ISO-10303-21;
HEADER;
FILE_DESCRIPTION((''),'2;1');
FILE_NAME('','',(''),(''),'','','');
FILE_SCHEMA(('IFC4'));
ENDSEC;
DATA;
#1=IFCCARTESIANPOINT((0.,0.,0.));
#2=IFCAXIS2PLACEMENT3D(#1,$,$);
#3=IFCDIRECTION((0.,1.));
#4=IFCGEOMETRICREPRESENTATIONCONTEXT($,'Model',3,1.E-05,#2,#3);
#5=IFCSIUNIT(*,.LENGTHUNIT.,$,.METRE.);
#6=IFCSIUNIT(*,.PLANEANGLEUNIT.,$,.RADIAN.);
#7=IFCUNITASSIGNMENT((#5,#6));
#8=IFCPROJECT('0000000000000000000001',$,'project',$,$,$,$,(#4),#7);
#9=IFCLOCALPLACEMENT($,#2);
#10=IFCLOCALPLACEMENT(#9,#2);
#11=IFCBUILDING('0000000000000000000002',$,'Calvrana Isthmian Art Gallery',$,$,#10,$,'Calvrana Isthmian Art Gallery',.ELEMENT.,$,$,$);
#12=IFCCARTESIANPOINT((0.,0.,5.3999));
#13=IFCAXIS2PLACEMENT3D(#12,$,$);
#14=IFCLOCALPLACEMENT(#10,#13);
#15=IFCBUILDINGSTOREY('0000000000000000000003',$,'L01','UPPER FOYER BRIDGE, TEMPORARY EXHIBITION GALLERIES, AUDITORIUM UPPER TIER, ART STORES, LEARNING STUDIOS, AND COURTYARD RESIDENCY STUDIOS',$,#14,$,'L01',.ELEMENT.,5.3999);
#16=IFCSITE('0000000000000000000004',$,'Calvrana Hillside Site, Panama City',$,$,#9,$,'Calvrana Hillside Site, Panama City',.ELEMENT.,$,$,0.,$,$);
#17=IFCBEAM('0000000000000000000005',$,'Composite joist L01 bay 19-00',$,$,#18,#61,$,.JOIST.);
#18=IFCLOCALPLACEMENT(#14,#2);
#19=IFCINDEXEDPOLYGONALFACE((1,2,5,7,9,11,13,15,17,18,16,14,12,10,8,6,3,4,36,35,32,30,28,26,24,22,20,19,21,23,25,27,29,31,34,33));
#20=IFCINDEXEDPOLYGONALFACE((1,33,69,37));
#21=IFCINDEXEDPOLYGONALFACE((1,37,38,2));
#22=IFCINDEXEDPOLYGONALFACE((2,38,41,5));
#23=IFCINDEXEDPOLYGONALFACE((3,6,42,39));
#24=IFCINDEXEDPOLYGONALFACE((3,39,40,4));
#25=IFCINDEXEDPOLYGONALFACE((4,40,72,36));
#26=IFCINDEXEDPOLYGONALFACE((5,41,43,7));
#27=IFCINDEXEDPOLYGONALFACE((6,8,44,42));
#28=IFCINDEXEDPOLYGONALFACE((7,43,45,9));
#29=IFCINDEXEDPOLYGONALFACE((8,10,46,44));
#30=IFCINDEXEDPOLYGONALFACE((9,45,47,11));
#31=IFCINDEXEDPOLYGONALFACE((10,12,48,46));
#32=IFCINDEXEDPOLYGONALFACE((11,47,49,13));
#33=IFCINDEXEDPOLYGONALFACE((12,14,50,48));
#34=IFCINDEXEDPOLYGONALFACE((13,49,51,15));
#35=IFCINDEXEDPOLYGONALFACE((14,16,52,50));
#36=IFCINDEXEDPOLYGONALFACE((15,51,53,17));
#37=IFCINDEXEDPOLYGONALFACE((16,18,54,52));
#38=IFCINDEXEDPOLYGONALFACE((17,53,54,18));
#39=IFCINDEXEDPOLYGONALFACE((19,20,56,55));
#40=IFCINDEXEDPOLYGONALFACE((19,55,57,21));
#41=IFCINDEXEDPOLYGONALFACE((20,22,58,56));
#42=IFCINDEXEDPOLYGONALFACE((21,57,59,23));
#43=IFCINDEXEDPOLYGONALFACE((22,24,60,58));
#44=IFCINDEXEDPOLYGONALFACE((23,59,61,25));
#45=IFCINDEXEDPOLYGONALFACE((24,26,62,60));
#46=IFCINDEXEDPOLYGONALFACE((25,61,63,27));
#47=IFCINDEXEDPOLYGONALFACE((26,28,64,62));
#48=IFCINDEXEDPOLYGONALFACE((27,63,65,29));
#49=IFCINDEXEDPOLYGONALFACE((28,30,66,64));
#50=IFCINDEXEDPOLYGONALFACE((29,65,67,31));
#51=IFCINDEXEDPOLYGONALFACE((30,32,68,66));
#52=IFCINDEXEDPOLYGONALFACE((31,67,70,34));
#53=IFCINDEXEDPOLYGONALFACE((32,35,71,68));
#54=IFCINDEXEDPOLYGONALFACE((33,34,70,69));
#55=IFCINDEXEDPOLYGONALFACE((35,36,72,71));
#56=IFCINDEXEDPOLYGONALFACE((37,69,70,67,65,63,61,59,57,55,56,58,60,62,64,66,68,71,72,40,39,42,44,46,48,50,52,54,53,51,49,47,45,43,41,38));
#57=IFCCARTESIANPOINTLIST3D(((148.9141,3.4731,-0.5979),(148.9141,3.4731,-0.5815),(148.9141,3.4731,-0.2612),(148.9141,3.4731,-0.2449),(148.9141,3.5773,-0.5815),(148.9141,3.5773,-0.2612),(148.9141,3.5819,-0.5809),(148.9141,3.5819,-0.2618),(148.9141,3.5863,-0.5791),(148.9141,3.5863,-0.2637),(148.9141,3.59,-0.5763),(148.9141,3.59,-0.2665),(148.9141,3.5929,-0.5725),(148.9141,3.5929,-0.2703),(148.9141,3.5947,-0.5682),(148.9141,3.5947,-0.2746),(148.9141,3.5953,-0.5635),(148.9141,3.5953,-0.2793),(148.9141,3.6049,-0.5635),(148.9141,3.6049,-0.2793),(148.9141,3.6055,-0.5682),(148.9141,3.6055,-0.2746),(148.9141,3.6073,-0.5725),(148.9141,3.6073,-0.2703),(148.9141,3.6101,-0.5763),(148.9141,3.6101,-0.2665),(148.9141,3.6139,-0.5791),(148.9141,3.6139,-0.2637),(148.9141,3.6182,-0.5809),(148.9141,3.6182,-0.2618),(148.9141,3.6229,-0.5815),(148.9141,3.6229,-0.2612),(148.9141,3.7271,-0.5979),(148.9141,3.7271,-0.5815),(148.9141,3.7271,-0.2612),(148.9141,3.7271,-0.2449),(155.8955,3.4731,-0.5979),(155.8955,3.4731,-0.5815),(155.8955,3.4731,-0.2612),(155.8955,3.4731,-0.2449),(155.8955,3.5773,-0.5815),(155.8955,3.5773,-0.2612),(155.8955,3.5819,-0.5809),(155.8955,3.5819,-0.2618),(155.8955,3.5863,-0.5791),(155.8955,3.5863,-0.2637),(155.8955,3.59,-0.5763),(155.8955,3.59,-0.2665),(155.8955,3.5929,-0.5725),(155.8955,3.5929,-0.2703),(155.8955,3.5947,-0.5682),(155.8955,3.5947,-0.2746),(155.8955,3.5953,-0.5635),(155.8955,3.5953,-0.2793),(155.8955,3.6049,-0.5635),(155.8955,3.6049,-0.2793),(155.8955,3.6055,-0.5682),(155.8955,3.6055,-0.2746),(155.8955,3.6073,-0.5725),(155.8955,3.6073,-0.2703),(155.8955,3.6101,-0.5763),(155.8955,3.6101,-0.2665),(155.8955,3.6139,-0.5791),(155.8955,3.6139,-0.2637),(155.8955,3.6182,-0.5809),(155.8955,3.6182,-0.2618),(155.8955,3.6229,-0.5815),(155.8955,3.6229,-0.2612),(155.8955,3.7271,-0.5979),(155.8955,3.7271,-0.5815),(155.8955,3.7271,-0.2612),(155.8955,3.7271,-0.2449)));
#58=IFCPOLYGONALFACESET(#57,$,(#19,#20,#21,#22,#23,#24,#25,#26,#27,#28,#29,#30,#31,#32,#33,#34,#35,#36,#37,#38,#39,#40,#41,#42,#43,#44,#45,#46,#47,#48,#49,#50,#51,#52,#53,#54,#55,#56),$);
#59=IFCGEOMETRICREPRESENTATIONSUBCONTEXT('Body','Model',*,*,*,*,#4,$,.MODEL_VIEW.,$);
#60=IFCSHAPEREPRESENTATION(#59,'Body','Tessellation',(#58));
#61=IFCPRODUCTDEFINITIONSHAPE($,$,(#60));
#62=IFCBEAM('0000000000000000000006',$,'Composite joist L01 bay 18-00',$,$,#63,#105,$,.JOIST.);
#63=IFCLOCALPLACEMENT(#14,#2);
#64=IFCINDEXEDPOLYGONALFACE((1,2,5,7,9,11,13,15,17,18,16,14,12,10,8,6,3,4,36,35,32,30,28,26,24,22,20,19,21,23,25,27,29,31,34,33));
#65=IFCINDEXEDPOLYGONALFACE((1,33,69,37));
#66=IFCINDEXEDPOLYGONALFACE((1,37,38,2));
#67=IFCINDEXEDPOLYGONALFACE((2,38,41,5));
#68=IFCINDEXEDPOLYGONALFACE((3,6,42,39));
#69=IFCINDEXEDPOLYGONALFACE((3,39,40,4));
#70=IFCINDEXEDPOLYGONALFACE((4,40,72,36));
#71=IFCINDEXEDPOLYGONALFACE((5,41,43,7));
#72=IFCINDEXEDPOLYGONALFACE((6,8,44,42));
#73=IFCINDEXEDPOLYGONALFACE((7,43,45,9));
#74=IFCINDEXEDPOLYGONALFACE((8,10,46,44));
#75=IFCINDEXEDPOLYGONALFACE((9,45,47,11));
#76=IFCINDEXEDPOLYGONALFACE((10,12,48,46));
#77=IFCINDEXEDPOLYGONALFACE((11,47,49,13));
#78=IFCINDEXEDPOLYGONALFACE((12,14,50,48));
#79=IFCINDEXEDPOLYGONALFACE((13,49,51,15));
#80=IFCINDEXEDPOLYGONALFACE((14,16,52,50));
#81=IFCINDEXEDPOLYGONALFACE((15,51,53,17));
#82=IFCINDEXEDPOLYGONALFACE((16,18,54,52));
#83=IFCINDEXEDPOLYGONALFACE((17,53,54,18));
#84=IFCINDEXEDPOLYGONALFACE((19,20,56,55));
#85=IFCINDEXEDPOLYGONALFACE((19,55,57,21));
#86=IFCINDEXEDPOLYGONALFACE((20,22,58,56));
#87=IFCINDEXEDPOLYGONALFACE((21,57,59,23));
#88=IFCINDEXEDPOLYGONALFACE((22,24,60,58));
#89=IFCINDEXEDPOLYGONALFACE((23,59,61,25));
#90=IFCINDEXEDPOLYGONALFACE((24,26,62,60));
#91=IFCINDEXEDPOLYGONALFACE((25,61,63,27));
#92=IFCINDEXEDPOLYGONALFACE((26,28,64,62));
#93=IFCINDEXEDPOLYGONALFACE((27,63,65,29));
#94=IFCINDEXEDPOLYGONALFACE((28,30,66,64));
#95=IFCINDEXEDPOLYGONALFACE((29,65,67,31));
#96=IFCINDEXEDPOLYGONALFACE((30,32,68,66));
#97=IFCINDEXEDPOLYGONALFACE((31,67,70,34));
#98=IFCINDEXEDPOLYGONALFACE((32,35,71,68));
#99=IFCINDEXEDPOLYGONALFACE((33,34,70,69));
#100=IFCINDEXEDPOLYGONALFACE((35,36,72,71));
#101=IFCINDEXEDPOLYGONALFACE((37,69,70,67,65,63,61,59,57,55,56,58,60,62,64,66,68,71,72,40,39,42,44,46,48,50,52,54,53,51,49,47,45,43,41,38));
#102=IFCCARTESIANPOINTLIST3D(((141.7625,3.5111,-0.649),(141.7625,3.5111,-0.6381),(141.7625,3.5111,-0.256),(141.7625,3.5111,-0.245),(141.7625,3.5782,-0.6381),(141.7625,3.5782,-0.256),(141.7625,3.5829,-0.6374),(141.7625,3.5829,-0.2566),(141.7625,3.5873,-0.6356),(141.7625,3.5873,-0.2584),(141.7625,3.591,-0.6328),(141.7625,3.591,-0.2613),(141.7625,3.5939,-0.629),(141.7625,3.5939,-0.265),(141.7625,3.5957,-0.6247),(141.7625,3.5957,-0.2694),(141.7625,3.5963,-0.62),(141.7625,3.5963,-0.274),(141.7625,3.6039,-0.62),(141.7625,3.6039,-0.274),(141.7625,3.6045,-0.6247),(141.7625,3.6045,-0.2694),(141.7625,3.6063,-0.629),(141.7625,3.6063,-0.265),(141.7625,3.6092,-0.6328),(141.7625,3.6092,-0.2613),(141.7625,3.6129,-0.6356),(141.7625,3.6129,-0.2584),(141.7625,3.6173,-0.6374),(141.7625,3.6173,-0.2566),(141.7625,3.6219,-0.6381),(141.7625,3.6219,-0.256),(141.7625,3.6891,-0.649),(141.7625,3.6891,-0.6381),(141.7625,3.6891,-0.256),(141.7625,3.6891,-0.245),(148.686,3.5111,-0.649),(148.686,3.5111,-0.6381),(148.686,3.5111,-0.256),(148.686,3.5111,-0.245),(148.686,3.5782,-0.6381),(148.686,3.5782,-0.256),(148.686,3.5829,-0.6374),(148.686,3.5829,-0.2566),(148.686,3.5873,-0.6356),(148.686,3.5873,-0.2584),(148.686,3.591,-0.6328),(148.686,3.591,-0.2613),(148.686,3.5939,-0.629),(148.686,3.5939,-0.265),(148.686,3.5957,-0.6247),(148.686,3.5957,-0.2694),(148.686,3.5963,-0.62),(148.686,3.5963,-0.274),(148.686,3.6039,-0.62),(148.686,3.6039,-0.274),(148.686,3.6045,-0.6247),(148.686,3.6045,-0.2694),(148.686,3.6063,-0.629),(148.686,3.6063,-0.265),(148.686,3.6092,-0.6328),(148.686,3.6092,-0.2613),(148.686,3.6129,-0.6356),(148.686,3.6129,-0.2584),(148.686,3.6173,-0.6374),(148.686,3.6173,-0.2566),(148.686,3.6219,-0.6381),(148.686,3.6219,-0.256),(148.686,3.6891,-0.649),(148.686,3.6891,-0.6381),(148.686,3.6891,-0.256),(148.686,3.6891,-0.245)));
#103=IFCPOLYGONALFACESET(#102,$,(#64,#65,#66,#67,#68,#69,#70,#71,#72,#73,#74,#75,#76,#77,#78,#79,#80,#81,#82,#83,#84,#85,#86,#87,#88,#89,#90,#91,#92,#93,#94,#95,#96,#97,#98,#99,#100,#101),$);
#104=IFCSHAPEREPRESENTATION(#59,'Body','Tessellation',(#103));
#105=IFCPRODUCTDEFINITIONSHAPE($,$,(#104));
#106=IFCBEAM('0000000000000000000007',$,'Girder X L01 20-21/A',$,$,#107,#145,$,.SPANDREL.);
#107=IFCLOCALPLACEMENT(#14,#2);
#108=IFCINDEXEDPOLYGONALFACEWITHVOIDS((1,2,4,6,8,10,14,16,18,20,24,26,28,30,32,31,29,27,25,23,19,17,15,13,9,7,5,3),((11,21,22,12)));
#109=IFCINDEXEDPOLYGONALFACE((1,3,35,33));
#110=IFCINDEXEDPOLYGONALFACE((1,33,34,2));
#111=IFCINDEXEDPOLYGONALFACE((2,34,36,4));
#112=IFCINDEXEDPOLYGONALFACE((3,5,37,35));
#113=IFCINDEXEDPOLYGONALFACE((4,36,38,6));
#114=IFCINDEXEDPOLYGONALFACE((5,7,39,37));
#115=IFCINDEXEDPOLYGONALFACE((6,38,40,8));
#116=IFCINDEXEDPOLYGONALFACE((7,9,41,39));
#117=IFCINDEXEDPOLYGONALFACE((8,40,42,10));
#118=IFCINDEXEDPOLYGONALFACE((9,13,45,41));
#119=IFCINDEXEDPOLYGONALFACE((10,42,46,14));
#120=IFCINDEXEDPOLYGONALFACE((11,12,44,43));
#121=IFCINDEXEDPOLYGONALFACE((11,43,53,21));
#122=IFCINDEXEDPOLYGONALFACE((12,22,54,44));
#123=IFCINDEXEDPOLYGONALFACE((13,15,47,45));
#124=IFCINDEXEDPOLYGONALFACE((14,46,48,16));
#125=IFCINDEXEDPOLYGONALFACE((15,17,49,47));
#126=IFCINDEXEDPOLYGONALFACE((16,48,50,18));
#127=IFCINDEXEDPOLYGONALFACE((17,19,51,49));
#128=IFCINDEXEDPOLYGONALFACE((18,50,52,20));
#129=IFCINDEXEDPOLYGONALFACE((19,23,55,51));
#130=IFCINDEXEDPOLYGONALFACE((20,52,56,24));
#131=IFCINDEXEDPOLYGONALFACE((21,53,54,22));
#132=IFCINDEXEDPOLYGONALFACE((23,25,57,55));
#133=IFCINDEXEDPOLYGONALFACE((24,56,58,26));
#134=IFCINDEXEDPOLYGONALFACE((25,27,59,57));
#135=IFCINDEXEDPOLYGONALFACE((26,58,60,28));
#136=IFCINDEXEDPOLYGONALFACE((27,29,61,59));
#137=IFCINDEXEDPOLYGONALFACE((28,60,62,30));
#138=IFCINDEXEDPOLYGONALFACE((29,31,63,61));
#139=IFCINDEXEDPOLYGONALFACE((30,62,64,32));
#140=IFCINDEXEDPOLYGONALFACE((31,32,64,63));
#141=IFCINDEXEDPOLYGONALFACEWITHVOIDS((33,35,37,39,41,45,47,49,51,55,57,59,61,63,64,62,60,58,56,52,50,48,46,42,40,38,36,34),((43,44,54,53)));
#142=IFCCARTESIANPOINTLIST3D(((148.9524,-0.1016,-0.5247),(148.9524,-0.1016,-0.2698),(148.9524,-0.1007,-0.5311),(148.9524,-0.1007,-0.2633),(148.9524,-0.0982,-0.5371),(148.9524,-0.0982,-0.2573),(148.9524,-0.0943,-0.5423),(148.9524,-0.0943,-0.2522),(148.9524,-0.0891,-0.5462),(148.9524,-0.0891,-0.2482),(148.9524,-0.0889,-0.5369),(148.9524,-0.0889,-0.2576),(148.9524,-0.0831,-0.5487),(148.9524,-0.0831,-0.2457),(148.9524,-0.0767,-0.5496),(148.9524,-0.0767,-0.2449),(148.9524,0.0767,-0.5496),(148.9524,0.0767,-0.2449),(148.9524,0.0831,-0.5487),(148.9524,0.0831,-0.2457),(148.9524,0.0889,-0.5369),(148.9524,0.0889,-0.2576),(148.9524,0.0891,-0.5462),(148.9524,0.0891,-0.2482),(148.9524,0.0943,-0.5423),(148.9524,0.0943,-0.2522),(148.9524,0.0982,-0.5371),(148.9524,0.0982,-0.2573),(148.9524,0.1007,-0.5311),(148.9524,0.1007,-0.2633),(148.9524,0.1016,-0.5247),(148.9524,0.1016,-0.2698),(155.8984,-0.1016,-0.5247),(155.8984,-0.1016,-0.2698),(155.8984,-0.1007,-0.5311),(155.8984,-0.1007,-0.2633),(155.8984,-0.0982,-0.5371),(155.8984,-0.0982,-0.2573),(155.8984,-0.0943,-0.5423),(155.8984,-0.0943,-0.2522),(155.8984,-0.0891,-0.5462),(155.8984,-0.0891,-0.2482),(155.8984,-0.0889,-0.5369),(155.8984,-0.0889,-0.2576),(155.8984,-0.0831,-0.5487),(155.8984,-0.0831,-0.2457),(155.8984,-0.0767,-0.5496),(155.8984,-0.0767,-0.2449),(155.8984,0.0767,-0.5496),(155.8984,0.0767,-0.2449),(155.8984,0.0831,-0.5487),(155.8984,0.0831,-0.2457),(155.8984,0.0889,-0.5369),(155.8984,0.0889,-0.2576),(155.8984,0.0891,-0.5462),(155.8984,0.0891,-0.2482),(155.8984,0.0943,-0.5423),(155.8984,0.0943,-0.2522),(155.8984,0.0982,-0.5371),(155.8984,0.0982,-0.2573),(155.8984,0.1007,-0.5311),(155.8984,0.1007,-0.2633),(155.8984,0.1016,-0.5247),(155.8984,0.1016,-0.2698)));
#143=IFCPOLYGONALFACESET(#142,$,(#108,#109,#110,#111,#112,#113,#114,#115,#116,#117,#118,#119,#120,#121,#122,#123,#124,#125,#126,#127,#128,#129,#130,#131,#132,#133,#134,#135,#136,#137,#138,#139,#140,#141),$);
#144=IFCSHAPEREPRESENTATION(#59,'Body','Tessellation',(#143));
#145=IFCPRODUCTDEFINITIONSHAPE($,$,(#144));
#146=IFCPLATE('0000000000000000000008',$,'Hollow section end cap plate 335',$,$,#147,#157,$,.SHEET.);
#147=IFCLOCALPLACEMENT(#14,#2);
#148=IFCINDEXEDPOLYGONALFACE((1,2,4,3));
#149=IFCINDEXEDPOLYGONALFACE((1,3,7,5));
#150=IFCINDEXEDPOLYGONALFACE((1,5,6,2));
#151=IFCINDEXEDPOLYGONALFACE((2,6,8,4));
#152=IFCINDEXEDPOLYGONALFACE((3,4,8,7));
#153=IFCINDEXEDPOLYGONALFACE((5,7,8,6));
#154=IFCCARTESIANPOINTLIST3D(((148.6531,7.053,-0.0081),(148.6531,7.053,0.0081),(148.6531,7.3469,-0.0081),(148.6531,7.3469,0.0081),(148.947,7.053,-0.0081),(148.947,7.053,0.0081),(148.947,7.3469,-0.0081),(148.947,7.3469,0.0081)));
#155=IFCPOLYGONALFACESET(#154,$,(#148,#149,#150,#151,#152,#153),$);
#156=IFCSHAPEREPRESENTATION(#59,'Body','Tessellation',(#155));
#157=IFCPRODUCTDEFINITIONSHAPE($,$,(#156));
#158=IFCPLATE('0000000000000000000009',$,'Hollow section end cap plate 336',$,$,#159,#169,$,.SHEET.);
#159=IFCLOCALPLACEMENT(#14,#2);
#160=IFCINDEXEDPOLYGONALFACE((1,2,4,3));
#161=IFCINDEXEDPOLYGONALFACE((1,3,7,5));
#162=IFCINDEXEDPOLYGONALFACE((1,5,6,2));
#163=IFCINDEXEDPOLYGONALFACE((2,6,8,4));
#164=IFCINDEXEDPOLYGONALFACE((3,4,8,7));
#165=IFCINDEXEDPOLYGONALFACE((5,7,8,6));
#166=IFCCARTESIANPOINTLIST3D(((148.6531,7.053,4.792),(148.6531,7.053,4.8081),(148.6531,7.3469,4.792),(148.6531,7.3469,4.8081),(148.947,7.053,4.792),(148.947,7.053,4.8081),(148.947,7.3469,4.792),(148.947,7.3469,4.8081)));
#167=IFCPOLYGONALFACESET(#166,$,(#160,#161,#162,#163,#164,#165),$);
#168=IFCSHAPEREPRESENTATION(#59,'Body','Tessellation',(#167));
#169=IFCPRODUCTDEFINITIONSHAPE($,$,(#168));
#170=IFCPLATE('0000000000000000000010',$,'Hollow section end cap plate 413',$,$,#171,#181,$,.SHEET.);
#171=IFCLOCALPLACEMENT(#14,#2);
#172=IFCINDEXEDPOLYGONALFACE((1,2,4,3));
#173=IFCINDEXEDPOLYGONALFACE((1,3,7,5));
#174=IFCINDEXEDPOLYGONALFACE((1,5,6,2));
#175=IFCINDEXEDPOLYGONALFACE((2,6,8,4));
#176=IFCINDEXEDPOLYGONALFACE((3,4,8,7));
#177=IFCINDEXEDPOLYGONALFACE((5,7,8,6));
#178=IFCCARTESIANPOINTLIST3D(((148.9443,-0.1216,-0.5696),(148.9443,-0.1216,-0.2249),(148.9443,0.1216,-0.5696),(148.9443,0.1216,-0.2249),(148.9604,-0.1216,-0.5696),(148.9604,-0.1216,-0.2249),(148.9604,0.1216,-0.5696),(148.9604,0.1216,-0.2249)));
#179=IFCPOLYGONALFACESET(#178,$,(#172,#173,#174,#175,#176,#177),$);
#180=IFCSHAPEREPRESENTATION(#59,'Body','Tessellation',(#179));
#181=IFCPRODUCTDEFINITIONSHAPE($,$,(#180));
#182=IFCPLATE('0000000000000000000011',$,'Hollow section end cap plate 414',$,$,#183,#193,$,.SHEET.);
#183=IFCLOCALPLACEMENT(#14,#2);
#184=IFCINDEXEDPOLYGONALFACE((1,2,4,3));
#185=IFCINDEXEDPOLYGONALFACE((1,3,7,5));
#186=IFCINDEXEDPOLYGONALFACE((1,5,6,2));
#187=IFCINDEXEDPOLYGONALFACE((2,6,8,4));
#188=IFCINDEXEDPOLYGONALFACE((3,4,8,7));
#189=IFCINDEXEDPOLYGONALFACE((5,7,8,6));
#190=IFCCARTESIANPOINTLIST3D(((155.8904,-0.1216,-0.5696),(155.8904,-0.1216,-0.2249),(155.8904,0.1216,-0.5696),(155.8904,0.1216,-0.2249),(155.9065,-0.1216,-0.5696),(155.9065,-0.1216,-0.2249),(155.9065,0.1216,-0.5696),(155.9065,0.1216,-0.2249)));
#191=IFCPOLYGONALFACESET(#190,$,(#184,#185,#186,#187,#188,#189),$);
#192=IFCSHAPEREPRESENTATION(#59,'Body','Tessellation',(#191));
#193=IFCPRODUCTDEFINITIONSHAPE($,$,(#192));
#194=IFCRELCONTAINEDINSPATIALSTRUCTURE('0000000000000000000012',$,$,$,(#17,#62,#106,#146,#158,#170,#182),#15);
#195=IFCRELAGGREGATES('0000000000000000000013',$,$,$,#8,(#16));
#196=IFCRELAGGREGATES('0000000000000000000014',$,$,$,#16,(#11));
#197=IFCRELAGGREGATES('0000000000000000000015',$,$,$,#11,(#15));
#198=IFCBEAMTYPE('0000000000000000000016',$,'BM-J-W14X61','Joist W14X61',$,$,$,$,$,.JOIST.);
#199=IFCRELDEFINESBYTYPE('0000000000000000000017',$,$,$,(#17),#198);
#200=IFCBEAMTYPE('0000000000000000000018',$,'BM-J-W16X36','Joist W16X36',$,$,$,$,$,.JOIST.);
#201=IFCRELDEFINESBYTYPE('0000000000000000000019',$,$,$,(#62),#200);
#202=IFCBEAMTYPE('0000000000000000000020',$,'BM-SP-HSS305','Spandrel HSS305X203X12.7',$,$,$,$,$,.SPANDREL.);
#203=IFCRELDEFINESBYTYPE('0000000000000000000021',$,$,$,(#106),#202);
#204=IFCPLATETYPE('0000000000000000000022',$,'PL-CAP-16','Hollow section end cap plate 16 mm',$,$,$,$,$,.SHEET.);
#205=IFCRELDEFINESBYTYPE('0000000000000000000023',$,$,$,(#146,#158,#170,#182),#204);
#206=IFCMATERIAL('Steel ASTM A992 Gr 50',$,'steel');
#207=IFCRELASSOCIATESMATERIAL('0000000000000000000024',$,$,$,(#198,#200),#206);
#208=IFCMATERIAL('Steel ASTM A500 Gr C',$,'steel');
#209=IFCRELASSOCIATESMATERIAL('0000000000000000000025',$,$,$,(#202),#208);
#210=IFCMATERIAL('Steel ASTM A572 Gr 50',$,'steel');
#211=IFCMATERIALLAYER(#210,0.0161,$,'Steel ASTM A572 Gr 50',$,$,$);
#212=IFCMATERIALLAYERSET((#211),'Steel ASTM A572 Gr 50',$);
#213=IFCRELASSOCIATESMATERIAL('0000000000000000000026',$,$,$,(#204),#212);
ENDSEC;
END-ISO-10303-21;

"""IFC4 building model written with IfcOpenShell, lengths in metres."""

from ifc_helpers import new_model, si_unit, direction, frame, origin, origin_2d, place, context, subcontext, project, spatial, rectangle, hollow_rectangle, i_section, extrude, material, layer, layer_set, material_profile, profile_set, type_object, element, save


model = new_model("IFC4")

# Units and contexts
model_context = context("Model", 3, precision=1e-05, world=origin(), true_north=direction((0.0, 1.0)))
body_context = subcontext(model_context, "Body", "Model", "MODEL_VIEW")
ifc_project = project(units=[si_unit("LENGTHUNIT", "METRE"), si_unit("PLANEANGLEUNIT", "RADIAN")], contexts=[model_context])

# Site, building, storey
site_placement = place(None, origin())
site = spatial("IfcSite", under=ifc_project, at=site_placement, Name="Calvrana Hillside Site, Panama City", LongName="Calvrana Hillside Site, Panama City", CompositionType="ELEMENT", RefElevation=0.0)
building_placement = place(site_placement, origin())
building = spatial("IfcBuilding", under=site, at=building_placement, Name="Calvrana Isthmian Art Gallery", LongName="Calvrana Isthmian Art Gallery", CompositionType="ELEMENT")
storey_placement = place(building_placement, frame((0.0, 0.0, 5.3999)))
storey = spatial("IfcBuildingStorey", under=building, at=storey_placement, Name="L01", Description="UPPER FOYER BRIDGE, TEMPORARY EXHIBITION GALLERIES, AUDITORIUM UPPER TIER, ART STORES, LEARNING STUDIOS, AND COURTYARD RESIDENCY STUDIOS", LongName="L01", CompositionType="ELEMENT", Elevation=5.3999)

# Shared definitions
ifc_material_1 = material(Name="Steel ASTM A500 Gr C", Category="steel")
ifc_material_2 = material(Name="Steel ASTM A992 Gr 50", Category="steel")

# Beams
ifc_material_profile_1 = material_profile(ifc_material_2, i_section(OverallWidth=0.2539, OverallDepth=0.353, WebThickness=0.0095, FlangeThickness=0.0164, FilletRadius=0.0181, at=origin_2d()), Name="W14X61")
ifc_profile_set_1 = profile_set([ifc_material_profile_1], Name="Steel ASTM A992 Gr 50")
beam_type_1 = type_object("IfcBeamType", Name="BM-J-W14X61", Description="Joist W14X61", PredefinedType="JOIST", material=ifc_profile_set_1)
for number, where, z_axis, x_axis, name in (
    (1, (148.9141, 3.6001, -0.4214), (1.0, 0.0, 0.0), (0.0, 1.0, 0.0), "Composite joist L01 bay 19-00"),
):
    element("IfcBeam", number, at=place(storey_placement, frame(where, z_axis=z_axis, x_axis=x_axis)), inside=storey, type_object=beam_type_1, Name=name, PredefinedType="JOIST", context=body_context, shape_type="SweptSolid", body=[
        extrude(i_section(OverallWidth=0.2539, OverallDepth=0.353, WebThickness=0.0095, FlangeThickness=0.0164, FilletRadius=0.0181, at=origin_2d()), origin(), (0.0, 0.0, 1.0), 6.9814),
    ])
ifc_material_profile_2 = material_profile(ifc_material_2, i_section(OverallWidth=0.178, OverallDepth=0.4041, WebThickness=0.0076, FlangeThickness=0.011, FilletRadius=0.0181, at=origin_2d()), Name="W16X36")
ifc_profile_set_2 = profile_set([ifc_material_profile_2], Name="Steel ASTM A992 Gr 50")
beam_type_2 = type_object("IfcBeamType", Name="BM-J-W16X36", Description="Joist W16X36", PredefinedType="JOIST", material=ifc_profile_set_2)
beam_1_placement = place(storey_placement, frame((141.7625, 3.6001, -0.447), z_axis=(1.0, 0.0, 0.0), x_axis=(0.0, 1.0, 0.0)))
element("IfcBeam", 2, at=beam_1_placement, inside=storey, type_object=beam_type_2, Name="Composite joist L01 bay 18-00", PredefinedType="JOIST", context=body_context, shape_type="SweptSolid", body=[
    extrude(i_section(OverallWidth=0.178, OverallDepth=0.4041, WebThickness=0.0076, FlangeThickness=0.011, FilletRadius=0.0181, at=origin_2d()), origin(), (0.0, 0.0, 1.0), 6.9236),
])
ifc_material_profile_3 = material_profile(ifc_material_1, hollow_rectangle(XDim=0.2031, YDim=0.3047, WallThickness=0.0127, OuterFilletRadius=0.0249, at=origin_2d()), Name="HSS305X203X12.7")
ifc_profile_set_3 = profile_set([ifc_material_profile_3], Name="Steel ASTM A500 Gr C")
beam_type_3 = type_object("IfcBeamType", Name="BM-SP-HSS305", Description="Spandrel HSS305X203X12.7", PredefinedType="SPANDREL", material=ifc_profile_set_3)
beam_2_placement = place(storey_placement, frame((148.9524, 0.0, -0.3972), z_axis=(1.0, 0.0, 0.0), x_axis=(0.0, 1.0, 0.0)))
element("IfcBeam", 3, at=beam_2_placement, inside=storey, type_object=beam_type_3, Name="Girder X L01 20-21/A", PredefinedType="SPANDREL", context=body_context, shape_type="SweptSolid", body=[
    extrude(hollow_rectangle(XDim=0.2031, YDim=0.3047, WallThickness=0.0127, OuterFilletRadius=0.0249, at=origin_2d()), origin(), (0.0, 0.0, 1.0), 6.946),
])

# Plates
ifc_material_3 = material(Name="Steel ASTM A572 Gr 50", Category="steel")
ifc_layer_1 = layer(ifc_material_3, 0.0161, Name="Steel ASTM A572 Gr 50")
ifc_layer_set_1 = layer_set([ifc_layer_1], Name="Steel ASTM A572 Gr 50")
plate_type = type_object("IfcPlateType", Name="PL-CAP-16", Description="Hollow section end cap plate 16 mm", PredefinedType="SHEET", material=ifc_layer_set_1)
for number, where, z_axis, x_axis, name in (
    (4, (148.8, 7.2, -0.0081), (0.0, 0.0, 1.0), (1.0, 0.0, 0.0), "Hollow section end cap plate 335"),
    (5, (148.8, 7.2, 4.792), (0.0, 0.0, 1.0), (1.0, 0.0, 0.0), "Hollow section end cap plate 336"),
):
    element("IfcPlate", number, at=place(storey_placement, frame(where, z_axis=z_axis, x_axis=x_axis)), inside=storey, type_object=plate_type, Name=name, PredefinedType="SHEET", context=body_context, shape_type="SweptSolid", body=[
        extrude(rectangle(XDim=0.2939, YDim=0.2939, at=origin_2d()), origin(), (0.0, 0.0, 1.0), 0.0161),
    ])
for number, where, z_axis, x_axis, name in (
    (6, (148.9524, 0.0, -0.5696), (0.0, 0.0, 1.0), (1.0, 0.0, 0.0), "Hollow section end cap plate 413"),
    (7, (155.8984, 0.0, -0.5696), (0.0, 0.0, 1.0), (1.0, 0.0, 0.0), "Hollow section end cap plate 414"),
):
    element("IfcPlate", number, at=place(storey_placement, frame(where, z_axis=z_axis, x_axis=x_axis)), inside=storey, type_object=plate_type, Name=name, PredefinedType="SHEET", context=body_context, shape_type="SweptSolid", body=[
        extrude(rectangle(XDim=0.0161, YDim=0.2432, at=origin_2d()), origin(), (0.0, 0.0, 1.0), 0.3447),
    ])

save(model, "model.ifc")
